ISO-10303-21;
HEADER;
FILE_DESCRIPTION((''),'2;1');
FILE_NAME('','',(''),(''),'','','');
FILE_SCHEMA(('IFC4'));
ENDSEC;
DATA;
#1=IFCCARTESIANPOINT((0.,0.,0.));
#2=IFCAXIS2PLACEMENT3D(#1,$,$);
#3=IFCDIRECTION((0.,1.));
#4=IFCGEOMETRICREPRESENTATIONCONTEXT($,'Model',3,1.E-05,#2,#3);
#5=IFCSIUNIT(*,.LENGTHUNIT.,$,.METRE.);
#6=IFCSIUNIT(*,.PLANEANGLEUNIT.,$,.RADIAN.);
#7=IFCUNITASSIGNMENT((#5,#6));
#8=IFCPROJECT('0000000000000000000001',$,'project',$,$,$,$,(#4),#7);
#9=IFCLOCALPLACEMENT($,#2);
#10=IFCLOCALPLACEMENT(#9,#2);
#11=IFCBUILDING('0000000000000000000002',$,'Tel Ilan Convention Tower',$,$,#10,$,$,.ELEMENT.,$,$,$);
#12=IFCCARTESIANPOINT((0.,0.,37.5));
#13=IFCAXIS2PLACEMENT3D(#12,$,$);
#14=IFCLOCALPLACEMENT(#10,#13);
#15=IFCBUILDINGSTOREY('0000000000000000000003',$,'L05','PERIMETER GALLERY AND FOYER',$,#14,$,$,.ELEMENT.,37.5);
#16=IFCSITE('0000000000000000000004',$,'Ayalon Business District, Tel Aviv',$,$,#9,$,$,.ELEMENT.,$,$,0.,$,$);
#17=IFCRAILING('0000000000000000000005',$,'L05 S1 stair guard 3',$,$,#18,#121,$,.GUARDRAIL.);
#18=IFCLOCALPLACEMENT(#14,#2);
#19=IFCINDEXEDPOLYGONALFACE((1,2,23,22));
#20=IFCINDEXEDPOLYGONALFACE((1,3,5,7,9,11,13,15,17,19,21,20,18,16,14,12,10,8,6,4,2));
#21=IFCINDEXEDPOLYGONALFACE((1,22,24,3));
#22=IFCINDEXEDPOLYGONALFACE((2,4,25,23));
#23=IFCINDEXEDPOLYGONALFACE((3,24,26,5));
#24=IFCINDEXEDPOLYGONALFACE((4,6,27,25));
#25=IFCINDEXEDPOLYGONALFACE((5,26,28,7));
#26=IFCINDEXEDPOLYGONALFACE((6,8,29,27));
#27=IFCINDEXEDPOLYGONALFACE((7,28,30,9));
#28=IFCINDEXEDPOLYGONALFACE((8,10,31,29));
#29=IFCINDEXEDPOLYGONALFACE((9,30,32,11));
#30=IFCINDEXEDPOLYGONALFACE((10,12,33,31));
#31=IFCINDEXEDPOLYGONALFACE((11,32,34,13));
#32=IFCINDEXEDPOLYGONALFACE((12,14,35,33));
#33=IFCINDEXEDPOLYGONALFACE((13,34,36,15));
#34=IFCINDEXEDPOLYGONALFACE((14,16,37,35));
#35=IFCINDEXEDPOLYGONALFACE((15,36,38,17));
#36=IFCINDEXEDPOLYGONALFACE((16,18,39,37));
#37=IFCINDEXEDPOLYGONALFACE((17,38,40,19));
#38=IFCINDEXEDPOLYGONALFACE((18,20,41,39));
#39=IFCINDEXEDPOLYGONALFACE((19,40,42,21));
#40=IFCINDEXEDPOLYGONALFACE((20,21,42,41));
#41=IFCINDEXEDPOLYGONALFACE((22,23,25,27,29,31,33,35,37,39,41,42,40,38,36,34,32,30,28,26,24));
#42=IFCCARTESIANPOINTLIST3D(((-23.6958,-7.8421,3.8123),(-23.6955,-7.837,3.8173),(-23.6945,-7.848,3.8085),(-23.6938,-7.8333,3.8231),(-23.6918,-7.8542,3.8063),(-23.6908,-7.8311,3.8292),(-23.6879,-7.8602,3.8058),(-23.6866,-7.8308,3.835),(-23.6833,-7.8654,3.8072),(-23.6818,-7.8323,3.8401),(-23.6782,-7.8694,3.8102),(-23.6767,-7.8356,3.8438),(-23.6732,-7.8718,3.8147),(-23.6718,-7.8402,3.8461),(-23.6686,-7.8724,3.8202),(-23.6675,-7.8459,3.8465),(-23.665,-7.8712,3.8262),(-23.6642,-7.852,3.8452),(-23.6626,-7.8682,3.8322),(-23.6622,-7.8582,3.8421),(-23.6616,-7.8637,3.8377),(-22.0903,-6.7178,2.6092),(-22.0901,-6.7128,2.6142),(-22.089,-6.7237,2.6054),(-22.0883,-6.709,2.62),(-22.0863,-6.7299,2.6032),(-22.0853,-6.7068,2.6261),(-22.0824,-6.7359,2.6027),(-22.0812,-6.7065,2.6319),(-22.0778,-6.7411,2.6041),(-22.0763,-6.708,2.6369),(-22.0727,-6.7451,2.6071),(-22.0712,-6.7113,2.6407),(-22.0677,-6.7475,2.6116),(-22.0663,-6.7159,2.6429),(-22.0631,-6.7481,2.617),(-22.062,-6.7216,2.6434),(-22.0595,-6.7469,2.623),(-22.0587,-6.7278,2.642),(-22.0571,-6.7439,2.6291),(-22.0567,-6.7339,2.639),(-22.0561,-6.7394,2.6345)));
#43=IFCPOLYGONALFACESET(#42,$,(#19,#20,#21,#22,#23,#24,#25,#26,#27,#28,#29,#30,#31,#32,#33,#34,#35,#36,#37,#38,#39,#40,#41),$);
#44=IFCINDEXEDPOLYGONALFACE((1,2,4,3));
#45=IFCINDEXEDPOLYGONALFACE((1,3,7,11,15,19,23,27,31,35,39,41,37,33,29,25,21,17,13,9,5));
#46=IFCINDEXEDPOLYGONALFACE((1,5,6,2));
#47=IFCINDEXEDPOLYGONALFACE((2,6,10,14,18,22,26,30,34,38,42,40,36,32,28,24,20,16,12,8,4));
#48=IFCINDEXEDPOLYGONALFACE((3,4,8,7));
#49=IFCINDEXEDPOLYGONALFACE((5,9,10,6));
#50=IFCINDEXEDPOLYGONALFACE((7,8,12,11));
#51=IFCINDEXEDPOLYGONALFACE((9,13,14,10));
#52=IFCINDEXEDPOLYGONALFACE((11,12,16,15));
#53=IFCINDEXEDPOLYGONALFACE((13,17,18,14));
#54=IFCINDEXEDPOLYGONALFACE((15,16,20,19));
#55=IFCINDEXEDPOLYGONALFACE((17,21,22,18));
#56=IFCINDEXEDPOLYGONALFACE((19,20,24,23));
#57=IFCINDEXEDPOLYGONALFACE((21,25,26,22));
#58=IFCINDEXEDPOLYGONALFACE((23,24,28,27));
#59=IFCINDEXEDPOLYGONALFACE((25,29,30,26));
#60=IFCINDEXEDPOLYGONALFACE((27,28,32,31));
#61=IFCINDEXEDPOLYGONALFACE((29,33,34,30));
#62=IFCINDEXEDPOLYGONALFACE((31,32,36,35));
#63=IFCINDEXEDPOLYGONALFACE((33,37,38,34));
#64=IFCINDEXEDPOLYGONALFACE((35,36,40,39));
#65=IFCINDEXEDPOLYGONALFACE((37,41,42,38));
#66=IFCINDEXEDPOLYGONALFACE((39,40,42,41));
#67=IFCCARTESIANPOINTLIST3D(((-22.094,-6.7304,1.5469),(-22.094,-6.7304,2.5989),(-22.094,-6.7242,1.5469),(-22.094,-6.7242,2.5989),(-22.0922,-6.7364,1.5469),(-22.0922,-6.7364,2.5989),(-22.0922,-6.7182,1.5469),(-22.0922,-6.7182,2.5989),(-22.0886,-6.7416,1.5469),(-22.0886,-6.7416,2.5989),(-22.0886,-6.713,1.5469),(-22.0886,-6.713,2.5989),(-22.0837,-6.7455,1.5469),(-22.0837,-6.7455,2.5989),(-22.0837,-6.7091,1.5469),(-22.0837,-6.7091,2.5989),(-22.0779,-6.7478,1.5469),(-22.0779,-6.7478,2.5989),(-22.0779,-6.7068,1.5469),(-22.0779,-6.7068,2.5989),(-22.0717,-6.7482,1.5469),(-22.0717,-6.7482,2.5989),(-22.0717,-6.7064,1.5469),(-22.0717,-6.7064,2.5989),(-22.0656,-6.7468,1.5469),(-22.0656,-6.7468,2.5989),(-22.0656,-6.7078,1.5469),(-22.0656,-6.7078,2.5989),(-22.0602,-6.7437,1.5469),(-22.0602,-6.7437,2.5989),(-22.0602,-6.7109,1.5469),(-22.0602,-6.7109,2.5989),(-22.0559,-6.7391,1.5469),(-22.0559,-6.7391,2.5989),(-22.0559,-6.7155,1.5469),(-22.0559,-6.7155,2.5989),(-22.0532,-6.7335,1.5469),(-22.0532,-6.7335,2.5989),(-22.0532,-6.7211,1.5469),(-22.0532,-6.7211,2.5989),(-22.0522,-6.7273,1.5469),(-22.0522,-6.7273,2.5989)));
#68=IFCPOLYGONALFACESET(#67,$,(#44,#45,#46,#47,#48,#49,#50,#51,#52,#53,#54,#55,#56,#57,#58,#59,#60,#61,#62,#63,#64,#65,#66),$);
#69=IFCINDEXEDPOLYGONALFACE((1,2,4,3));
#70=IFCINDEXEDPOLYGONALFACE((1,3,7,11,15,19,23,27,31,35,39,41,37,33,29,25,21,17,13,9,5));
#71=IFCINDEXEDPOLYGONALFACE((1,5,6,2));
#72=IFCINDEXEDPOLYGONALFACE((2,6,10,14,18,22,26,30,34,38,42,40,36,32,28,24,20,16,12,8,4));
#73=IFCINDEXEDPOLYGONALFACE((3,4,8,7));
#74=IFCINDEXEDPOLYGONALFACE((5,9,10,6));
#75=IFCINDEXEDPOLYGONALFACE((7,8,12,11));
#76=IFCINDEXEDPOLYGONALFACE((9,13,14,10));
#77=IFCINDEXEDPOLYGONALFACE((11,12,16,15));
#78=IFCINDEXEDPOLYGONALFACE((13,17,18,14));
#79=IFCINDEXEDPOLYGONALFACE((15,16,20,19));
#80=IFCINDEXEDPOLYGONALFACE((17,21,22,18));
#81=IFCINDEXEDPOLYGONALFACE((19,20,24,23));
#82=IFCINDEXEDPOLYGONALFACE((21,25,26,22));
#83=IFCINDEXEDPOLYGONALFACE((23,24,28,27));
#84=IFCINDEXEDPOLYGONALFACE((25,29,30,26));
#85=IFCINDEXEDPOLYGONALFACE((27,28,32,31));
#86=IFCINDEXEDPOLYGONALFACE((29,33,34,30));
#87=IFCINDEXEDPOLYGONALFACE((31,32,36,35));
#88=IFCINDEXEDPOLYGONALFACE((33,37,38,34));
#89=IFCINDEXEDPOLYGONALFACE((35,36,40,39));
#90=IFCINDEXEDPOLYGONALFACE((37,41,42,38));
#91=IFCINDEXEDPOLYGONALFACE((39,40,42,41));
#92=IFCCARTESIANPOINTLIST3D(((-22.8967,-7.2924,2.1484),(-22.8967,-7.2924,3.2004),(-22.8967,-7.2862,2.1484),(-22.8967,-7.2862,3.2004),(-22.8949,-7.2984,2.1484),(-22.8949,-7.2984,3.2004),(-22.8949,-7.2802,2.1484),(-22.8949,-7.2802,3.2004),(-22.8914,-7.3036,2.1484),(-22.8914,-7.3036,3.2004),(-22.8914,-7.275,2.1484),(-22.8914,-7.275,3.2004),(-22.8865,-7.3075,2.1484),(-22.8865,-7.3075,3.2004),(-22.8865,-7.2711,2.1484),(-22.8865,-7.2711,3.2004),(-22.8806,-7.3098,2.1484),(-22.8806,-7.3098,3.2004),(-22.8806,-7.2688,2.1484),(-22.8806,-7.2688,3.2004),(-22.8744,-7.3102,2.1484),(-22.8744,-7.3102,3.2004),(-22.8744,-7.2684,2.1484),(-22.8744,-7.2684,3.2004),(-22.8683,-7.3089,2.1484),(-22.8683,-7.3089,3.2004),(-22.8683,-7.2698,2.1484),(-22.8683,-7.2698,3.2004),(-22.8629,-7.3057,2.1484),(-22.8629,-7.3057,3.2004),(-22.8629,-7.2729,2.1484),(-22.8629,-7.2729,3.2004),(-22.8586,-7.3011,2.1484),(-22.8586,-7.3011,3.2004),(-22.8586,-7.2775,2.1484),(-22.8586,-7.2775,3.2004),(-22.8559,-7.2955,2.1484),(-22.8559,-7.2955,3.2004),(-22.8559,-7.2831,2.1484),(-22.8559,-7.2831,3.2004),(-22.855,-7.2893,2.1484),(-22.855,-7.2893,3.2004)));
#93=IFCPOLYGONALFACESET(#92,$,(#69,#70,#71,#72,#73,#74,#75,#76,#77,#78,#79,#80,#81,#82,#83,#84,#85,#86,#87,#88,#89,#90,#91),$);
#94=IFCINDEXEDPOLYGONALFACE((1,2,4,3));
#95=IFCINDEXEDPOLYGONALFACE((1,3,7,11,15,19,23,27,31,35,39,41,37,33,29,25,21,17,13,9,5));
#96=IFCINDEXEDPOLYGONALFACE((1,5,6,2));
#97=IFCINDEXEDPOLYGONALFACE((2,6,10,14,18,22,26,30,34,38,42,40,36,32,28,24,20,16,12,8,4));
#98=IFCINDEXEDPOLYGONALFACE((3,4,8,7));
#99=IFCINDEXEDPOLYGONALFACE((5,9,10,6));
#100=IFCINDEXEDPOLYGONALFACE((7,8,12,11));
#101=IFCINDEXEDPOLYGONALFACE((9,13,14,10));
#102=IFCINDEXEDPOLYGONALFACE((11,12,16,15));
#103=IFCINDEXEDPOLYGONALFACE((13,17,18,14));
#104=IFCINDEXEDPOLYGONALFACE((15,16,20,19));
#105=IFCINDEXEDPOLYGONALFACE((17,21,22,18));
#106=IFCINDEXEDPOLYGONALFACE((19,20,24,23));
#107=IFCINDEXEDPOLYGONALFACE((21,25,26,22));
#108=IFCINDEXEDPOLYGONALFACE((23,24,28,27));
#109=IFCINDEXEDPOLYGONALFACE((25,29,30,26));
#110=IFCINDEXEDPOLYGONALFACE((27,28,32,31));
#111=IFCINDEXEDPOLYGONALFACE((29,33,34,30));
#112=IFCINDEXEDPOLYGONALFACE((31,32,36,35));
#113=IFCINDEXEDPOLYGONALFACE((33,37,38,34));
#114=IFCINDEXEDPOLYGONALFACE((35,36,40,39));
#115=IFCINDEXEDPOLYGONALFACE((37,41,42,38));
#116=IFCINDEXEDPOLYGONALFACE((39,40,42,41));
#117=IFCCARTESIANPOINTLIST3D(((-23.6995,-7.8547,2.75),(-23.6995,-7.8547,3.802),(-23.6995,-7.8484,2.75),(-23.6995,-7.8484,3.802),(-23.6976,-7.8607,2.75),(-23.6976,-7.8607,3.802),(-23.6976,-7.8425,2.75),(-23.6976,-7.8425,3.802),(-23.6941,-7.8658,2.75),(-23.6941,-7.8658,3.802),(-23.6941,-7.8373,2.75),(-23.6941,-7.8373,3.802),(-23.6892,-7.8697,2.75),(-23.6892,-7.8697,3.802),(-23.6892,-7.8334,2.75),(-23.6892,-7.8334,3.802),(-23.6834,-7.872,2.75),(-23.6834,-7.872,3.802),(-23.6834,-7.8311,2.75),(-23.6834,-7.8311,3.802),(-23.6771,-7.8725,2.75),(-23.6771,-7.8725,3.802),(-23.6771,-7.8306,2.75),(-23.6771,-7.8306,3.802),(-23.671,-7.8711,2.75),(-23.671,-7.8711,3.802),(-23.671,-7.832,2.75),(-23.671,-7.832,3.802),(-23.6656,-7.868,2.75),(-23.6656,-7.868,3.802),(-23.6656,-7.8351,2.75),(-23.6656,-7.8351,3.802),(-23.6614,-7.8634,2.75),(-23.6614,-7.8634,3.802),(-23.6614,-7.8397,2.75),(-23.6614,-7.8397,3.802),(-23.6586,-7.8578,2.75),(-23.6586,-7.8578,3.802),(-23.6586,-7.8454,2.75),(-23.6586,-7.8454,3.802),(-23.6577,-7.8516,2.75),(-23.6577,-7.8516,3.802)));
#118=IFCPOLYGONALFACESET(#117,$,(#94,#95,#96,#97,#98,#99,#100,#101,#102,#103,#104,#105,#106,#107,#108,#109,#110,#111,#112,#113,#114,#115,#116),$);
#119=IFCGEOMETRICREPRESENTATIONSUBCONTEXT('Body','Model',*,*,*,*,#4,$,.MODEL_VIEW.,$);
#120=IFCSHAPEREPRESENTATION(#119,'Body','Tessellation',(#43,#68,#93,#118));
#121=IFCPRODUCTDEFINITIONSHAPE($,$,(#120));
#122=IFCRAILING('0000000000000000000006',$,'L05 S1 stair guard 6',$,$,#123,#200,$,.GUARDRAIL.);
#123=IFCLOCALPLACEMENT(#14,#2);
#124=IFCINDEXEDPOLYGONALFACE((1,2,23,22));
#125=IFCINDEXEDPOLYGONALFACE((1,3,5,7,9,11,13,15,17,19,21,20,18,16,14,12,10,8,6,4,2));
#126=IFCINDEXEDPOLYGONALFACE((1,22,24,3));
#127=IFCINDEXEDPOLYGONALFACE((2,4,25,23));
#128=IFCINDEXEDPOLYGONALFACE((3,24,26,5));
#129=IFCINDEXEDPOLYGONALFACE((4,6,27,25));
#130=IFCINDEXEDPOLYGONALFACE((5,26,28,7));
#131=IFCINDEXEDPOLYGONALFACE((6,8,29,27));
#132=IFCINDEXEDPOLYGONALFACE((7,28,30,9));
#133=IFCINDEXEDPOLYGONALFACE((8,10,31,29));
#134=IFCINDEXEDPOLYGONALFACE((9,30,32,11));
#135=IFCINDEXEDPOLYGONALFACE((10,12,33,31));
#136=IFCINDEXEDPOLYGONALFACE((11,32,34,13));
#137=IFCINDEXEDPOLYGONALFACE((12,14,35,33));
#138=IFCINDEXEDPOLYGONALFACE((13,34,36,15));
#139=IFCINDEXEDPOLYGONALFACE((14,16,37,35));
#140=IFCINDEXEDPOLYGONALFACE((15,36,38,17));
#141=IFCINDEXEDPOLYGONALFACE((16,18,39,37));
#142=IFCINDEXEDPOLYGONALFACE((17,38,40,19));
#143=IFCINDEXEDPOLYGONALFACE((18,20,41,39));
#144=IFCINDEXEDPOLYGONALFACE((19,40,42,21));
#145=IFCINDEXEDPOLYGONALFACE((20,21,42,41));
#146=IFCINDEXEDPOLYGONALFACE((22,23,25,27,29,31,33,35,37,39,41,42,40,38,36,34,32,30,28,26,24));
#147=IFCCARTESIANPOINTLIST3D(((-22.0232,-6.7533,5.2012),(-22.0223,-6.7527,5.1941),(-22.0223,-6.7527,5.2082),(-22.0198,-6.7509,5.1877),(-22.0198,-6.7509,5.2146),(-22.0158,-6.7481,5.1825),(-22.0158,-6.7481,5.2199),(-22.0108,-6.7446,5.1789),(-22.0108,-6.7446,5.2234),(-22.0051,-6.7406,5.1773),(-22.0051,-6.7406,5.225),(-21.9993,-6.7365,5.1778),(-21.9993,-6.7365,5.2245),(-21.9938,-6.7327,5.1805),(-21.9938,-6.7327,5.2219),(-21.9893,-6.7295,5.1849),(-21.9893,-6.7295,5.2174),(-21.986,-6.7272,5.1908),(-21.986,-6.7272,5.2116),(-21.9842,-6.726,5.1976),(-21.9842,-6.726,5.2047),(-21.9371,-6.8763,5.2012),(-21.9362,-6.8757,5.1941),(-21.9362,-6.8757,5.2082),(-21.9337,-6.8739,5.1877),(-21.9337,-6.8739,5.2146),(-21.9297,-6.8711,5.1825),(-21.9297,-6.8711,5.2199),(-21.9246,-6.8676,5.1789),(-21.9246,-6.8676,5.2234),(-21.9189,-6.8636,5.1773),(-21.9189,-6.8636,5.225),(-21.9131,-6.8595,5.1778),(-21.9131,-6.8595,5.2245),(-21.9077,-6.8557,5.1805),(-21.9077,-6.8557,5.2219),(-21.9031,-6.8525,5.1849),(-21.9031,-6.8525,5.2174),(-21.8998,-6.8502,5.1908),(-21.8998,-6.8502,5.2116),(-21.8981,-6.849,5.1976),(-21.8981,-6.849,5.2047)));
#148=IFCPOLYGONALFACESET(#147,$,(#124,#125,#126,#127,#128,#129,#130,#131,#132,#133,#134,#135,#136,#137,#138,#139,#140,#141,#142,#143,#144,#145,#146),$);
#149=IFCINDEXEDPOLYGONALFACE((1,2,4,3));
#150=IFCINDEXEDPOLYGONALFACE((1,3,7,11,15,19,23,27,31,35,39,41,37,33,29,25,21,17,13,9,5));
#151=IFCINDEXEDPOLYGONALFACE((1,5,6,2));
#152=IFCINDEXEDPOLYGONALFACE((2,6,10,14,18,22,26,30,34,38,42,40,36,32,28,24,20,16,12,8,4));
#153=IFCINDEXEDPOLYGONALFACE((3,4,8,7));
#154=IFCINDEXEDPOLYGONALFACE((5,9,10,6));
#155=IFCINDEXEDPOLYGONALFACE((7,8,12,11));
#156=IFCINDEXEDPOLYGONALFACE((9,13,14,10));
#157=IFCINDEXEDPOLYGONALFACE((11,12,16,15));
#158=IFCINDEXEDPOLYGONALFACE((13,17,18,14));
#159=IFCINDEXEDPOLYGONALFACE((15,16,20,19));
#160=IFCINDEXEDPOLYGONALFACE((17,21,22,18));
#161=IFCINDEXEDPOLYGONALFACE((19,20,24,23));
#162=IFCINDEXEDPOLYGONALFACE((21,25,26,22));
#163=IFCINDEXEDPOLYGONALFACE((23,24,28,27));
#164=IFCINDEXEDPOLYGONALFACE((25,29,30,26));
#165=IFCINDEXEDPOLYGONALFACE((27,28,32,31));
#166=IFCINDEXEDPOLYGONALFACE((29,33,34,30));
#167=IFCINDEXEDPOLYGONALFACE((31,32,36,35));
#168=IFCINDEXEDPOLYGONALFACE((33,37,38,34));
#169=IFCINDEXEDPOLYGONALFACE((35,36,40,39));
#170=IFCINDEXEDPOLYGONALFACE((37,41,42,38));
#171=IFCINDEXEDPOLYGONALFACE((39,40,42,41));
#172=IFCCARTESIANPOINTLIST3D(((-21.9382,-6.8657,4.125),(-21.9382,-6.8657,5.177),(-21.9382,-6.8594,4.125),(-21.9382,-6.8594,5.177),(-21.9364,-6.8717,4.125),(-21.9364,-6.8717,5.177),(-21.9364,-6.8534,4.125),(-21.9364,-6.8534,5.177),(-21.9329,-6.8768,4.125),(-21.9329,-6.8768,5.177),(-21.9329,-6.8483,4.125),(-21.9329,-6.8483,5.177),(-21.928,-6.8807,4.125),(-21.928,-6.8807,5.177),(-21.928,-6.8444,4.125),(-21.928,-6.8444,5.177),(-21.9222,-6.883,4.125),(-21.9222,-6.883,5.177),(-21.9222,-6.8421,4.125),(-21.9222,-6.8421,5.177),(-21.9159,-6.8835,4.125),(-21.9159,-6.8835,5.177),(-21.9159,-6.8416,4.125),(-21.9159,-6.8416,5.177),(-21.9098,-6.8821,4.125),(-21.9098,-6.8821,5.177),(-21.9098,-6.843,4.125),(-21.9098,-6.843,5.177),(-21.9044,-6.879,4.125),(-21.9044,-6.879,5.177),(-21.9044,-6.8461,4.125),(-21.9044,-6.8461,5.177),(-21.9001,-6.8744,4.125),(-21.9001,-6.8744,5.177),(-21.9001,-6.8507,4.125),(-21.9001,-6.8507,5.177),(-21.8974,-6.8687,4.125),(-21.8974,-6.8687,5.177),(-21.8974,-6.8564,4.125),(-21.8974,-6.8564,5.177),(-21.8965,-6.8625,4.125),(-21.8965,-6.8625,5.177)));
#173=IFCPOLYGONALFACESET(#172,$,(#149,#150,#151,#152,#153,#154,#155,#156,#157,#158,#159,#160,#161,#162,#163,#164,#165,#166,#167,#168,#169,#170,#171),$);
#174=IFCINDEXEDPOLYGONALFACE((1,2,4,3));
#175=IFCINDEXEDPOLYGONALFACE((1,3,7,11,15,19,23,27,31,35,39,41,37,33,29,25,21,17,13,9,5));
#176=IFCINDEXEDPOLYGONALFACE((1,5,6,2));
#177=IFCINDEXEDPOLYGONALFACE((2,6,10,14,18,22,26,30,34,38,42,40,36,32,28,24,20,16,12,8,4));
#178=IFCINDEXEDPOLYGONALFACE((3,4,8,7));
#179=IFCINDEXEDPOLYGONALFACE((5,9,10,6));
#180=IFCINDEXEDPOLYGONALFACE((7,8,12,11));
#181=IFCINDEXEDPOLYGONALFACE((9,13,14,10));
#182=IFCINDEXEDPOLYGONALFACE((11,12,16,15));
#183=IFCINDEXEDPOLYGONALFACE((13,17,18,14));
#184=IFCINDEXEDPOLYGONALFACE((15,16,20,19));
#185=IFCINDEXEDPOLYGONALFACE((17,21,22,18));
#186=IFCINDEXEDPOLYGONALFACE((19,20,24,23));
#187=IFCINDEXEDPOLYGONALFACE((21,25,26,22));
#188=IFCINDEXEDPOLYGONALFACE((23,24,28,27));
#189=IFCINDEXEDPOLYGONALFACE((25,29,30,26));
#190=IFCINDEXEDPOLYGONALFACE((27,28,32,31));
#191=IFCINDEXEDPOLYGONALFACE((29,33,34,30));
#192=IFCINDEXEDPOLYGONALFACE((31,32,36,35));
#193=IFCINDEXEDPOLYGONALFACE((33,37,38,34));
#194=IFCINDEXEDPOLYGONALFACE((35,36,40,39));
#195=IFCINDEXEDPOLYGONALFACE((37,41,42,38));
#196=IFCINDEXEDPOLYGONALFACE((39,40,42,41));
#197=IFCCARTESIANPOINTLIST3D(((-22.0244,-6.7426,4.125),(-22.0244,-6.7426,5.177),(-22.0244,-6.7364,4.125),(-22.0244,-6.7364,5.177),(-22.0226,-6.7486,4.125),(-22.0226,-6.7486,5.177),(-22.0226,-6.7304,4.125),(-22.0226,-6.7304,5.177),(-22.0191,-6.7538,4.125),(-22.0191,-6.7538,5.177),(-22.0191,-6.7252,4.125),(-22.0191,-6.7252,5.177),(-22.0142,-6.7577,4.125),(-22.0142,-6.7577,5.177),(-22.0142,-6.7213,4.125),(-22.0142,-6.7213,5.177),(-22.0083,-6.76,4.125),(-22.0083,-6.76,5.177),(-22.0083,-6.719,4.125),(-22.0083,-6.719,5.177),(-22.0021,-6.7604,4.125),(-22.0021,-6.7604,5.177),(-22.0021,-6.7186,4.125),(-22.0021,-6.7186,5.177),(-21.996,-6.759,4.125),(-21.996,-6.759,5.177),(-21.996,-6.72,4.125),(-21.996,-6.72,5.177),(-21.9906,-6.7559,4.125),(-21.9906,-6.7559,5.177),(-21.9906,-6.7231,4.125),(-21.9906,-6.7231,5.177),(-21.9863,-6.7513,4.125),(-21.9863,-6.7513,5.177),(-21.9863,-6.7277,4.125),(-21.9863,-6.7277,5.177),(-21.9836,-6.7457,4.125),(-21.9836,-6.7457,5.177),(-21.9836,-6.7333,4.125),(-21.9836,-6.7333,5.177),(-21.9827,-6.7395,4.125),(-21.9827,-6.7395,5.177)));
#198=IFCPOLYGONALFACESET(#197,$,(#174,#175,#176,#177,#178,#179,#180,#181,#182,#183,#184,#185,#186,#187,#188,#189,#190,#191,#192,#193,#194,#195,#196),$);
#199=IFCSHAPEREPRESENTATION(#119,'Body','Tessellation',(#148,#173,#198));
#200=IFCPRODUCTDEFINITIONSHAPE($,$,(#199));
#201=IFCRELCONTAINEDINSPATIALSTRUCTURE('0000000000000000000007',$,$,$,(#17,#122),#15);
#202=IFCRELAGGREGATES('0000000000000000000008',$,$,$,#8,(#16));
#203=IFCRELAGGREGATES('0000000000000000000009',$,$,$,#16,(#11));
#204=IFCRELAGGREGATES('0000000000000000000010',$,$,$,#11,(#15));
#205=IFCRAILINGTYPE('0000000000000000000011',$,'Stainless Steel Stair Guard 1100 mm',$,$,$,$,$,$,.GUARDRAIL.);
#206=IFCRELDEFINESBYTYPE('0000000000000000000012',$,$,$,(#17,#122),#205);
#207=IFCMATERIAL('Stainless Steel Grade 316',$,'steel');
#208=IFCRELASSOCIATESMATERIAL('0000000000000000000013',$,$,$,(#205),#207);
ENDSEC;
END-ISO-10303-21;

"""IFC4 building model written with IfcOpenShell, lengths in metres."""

from ifc_helpers import new_model, si_unit, direction, frame, origin, origin_2d, place, context, subcontext, project, spatial, circle, extrude, material, type_object, element, save


model = new_model("IFC4")

# Units and contexts
model_context = context("Model", 3, precision=1e-05, world=origin(), true_north=direction((0.0, 1.0)))
body_context = subcontext(model_context, "Body", "Model", "MODEL_VIEW")
ifc_project = project(units=[si_unit("LENGTHUNIT", "METRE"), si_unit("PLANEANGLEUNIT", "RADIAN")], contexts=[model_context])

# Site, building, storey
site_placement = place(None, origin())
site = spatial("IfcSite", under=ifc_project, at=site_placement, Name="Ayalon Business District, Tel Aviv", CompositionType="ELEMENT", RefElevation=0.0)
building_placement = place(site_placement, origin())
building = spatial("IfcBuilding", under=site, at=building_placement, Name="Tel Ilan Convention Tower", CompositionType="ELEMENT")
storey_placement = place(building_placement, frame((0.0, 0.0, 37.5)))
storey = spatial("IfcBuildingStorey", under=building, at=storey_placement, Name="L05", Description="PERIMETER GALLERY AND FOYER", CompositionType="ELEMENT", Elevation=37.5)

# Railings
ifc_material_1 = material(Name="Stainless Steel Grade 316", Category="steel")
railing_type_1 = type_object("IfcRailingType", Name="Stainless Steel Stair Guard 1100 mm", PredefinedType="GUARDRAIL", material=ifc_material_1)
railing_1_placement = place(storey_placement, frame((-22.0732, -6.7273, 1.5469)))
element("IfcRailing", 1, at=railing_1_placement, inside=storey, type_object=railing_type_1, Name="L05 S1 stair guard 3", PredefinedType="GUARDRAIL", context=body_context, shape_type="SweptSolid", body=[
    extrude(circle(Radius=0.0239, at=origin_2d()), frame((0.0, 0.0, 1.0762), z_axis=(-0.698095, -0.488857, 0.523146), x_axis=(0.573613, -0.819127, 0.0)), (0.0, 0.0, 1.0), 2.2998),
    extrude(circle(Radius=0.021, at=origin_2d()), origin(), (0.0, 0.0, 1.0), 1.052),
    extrude(circle(Radius=0.021, at=origin_2d()), frame((-0.8027, -0.562, 0.6016)), (0.0, 0.0, 1.0), 1.052),
    extrude(circle(Radius=0.021, at=origin_2d()), frame((-1.6055, -1.1243, 1.2031)), (0.0, 0.0, 1.0), 1.052),
])
railing_2_placement = place(storey_placement, frame((-21.9175, -6.8625, 4.125)))
element("IfcRailing", 2, at=railing_2_placement, inside=storey, type_object=railing_type_1, Name="L05 S1 stair guard 6", PredefinedType="GUARDRAIL", context=body_context, shape_type="SweptSolid", body=[
    extrude(circle(Radius=0.0239, at=origin_2d()), frame((0.0, 0.0, 1.0762), z_axis=(-0.57368, 0.819079, 0.0), x_axis=(-0.819079, -0.57368, 0.0)), (0.0, 0.0, 1.0), 0.1501),
    extrude(circle(Radius=0.021, at=origin_2d()), origin(), (0.0, 0.0, 1.0), 1.052),
    extrude(circle(Radius=0.021, at=origin_2d()), frame((-0.0862, 0.123, 0.0)), (0.0, 0.0, 1.0), 1.052),
])

save(model, "model.ifc")
